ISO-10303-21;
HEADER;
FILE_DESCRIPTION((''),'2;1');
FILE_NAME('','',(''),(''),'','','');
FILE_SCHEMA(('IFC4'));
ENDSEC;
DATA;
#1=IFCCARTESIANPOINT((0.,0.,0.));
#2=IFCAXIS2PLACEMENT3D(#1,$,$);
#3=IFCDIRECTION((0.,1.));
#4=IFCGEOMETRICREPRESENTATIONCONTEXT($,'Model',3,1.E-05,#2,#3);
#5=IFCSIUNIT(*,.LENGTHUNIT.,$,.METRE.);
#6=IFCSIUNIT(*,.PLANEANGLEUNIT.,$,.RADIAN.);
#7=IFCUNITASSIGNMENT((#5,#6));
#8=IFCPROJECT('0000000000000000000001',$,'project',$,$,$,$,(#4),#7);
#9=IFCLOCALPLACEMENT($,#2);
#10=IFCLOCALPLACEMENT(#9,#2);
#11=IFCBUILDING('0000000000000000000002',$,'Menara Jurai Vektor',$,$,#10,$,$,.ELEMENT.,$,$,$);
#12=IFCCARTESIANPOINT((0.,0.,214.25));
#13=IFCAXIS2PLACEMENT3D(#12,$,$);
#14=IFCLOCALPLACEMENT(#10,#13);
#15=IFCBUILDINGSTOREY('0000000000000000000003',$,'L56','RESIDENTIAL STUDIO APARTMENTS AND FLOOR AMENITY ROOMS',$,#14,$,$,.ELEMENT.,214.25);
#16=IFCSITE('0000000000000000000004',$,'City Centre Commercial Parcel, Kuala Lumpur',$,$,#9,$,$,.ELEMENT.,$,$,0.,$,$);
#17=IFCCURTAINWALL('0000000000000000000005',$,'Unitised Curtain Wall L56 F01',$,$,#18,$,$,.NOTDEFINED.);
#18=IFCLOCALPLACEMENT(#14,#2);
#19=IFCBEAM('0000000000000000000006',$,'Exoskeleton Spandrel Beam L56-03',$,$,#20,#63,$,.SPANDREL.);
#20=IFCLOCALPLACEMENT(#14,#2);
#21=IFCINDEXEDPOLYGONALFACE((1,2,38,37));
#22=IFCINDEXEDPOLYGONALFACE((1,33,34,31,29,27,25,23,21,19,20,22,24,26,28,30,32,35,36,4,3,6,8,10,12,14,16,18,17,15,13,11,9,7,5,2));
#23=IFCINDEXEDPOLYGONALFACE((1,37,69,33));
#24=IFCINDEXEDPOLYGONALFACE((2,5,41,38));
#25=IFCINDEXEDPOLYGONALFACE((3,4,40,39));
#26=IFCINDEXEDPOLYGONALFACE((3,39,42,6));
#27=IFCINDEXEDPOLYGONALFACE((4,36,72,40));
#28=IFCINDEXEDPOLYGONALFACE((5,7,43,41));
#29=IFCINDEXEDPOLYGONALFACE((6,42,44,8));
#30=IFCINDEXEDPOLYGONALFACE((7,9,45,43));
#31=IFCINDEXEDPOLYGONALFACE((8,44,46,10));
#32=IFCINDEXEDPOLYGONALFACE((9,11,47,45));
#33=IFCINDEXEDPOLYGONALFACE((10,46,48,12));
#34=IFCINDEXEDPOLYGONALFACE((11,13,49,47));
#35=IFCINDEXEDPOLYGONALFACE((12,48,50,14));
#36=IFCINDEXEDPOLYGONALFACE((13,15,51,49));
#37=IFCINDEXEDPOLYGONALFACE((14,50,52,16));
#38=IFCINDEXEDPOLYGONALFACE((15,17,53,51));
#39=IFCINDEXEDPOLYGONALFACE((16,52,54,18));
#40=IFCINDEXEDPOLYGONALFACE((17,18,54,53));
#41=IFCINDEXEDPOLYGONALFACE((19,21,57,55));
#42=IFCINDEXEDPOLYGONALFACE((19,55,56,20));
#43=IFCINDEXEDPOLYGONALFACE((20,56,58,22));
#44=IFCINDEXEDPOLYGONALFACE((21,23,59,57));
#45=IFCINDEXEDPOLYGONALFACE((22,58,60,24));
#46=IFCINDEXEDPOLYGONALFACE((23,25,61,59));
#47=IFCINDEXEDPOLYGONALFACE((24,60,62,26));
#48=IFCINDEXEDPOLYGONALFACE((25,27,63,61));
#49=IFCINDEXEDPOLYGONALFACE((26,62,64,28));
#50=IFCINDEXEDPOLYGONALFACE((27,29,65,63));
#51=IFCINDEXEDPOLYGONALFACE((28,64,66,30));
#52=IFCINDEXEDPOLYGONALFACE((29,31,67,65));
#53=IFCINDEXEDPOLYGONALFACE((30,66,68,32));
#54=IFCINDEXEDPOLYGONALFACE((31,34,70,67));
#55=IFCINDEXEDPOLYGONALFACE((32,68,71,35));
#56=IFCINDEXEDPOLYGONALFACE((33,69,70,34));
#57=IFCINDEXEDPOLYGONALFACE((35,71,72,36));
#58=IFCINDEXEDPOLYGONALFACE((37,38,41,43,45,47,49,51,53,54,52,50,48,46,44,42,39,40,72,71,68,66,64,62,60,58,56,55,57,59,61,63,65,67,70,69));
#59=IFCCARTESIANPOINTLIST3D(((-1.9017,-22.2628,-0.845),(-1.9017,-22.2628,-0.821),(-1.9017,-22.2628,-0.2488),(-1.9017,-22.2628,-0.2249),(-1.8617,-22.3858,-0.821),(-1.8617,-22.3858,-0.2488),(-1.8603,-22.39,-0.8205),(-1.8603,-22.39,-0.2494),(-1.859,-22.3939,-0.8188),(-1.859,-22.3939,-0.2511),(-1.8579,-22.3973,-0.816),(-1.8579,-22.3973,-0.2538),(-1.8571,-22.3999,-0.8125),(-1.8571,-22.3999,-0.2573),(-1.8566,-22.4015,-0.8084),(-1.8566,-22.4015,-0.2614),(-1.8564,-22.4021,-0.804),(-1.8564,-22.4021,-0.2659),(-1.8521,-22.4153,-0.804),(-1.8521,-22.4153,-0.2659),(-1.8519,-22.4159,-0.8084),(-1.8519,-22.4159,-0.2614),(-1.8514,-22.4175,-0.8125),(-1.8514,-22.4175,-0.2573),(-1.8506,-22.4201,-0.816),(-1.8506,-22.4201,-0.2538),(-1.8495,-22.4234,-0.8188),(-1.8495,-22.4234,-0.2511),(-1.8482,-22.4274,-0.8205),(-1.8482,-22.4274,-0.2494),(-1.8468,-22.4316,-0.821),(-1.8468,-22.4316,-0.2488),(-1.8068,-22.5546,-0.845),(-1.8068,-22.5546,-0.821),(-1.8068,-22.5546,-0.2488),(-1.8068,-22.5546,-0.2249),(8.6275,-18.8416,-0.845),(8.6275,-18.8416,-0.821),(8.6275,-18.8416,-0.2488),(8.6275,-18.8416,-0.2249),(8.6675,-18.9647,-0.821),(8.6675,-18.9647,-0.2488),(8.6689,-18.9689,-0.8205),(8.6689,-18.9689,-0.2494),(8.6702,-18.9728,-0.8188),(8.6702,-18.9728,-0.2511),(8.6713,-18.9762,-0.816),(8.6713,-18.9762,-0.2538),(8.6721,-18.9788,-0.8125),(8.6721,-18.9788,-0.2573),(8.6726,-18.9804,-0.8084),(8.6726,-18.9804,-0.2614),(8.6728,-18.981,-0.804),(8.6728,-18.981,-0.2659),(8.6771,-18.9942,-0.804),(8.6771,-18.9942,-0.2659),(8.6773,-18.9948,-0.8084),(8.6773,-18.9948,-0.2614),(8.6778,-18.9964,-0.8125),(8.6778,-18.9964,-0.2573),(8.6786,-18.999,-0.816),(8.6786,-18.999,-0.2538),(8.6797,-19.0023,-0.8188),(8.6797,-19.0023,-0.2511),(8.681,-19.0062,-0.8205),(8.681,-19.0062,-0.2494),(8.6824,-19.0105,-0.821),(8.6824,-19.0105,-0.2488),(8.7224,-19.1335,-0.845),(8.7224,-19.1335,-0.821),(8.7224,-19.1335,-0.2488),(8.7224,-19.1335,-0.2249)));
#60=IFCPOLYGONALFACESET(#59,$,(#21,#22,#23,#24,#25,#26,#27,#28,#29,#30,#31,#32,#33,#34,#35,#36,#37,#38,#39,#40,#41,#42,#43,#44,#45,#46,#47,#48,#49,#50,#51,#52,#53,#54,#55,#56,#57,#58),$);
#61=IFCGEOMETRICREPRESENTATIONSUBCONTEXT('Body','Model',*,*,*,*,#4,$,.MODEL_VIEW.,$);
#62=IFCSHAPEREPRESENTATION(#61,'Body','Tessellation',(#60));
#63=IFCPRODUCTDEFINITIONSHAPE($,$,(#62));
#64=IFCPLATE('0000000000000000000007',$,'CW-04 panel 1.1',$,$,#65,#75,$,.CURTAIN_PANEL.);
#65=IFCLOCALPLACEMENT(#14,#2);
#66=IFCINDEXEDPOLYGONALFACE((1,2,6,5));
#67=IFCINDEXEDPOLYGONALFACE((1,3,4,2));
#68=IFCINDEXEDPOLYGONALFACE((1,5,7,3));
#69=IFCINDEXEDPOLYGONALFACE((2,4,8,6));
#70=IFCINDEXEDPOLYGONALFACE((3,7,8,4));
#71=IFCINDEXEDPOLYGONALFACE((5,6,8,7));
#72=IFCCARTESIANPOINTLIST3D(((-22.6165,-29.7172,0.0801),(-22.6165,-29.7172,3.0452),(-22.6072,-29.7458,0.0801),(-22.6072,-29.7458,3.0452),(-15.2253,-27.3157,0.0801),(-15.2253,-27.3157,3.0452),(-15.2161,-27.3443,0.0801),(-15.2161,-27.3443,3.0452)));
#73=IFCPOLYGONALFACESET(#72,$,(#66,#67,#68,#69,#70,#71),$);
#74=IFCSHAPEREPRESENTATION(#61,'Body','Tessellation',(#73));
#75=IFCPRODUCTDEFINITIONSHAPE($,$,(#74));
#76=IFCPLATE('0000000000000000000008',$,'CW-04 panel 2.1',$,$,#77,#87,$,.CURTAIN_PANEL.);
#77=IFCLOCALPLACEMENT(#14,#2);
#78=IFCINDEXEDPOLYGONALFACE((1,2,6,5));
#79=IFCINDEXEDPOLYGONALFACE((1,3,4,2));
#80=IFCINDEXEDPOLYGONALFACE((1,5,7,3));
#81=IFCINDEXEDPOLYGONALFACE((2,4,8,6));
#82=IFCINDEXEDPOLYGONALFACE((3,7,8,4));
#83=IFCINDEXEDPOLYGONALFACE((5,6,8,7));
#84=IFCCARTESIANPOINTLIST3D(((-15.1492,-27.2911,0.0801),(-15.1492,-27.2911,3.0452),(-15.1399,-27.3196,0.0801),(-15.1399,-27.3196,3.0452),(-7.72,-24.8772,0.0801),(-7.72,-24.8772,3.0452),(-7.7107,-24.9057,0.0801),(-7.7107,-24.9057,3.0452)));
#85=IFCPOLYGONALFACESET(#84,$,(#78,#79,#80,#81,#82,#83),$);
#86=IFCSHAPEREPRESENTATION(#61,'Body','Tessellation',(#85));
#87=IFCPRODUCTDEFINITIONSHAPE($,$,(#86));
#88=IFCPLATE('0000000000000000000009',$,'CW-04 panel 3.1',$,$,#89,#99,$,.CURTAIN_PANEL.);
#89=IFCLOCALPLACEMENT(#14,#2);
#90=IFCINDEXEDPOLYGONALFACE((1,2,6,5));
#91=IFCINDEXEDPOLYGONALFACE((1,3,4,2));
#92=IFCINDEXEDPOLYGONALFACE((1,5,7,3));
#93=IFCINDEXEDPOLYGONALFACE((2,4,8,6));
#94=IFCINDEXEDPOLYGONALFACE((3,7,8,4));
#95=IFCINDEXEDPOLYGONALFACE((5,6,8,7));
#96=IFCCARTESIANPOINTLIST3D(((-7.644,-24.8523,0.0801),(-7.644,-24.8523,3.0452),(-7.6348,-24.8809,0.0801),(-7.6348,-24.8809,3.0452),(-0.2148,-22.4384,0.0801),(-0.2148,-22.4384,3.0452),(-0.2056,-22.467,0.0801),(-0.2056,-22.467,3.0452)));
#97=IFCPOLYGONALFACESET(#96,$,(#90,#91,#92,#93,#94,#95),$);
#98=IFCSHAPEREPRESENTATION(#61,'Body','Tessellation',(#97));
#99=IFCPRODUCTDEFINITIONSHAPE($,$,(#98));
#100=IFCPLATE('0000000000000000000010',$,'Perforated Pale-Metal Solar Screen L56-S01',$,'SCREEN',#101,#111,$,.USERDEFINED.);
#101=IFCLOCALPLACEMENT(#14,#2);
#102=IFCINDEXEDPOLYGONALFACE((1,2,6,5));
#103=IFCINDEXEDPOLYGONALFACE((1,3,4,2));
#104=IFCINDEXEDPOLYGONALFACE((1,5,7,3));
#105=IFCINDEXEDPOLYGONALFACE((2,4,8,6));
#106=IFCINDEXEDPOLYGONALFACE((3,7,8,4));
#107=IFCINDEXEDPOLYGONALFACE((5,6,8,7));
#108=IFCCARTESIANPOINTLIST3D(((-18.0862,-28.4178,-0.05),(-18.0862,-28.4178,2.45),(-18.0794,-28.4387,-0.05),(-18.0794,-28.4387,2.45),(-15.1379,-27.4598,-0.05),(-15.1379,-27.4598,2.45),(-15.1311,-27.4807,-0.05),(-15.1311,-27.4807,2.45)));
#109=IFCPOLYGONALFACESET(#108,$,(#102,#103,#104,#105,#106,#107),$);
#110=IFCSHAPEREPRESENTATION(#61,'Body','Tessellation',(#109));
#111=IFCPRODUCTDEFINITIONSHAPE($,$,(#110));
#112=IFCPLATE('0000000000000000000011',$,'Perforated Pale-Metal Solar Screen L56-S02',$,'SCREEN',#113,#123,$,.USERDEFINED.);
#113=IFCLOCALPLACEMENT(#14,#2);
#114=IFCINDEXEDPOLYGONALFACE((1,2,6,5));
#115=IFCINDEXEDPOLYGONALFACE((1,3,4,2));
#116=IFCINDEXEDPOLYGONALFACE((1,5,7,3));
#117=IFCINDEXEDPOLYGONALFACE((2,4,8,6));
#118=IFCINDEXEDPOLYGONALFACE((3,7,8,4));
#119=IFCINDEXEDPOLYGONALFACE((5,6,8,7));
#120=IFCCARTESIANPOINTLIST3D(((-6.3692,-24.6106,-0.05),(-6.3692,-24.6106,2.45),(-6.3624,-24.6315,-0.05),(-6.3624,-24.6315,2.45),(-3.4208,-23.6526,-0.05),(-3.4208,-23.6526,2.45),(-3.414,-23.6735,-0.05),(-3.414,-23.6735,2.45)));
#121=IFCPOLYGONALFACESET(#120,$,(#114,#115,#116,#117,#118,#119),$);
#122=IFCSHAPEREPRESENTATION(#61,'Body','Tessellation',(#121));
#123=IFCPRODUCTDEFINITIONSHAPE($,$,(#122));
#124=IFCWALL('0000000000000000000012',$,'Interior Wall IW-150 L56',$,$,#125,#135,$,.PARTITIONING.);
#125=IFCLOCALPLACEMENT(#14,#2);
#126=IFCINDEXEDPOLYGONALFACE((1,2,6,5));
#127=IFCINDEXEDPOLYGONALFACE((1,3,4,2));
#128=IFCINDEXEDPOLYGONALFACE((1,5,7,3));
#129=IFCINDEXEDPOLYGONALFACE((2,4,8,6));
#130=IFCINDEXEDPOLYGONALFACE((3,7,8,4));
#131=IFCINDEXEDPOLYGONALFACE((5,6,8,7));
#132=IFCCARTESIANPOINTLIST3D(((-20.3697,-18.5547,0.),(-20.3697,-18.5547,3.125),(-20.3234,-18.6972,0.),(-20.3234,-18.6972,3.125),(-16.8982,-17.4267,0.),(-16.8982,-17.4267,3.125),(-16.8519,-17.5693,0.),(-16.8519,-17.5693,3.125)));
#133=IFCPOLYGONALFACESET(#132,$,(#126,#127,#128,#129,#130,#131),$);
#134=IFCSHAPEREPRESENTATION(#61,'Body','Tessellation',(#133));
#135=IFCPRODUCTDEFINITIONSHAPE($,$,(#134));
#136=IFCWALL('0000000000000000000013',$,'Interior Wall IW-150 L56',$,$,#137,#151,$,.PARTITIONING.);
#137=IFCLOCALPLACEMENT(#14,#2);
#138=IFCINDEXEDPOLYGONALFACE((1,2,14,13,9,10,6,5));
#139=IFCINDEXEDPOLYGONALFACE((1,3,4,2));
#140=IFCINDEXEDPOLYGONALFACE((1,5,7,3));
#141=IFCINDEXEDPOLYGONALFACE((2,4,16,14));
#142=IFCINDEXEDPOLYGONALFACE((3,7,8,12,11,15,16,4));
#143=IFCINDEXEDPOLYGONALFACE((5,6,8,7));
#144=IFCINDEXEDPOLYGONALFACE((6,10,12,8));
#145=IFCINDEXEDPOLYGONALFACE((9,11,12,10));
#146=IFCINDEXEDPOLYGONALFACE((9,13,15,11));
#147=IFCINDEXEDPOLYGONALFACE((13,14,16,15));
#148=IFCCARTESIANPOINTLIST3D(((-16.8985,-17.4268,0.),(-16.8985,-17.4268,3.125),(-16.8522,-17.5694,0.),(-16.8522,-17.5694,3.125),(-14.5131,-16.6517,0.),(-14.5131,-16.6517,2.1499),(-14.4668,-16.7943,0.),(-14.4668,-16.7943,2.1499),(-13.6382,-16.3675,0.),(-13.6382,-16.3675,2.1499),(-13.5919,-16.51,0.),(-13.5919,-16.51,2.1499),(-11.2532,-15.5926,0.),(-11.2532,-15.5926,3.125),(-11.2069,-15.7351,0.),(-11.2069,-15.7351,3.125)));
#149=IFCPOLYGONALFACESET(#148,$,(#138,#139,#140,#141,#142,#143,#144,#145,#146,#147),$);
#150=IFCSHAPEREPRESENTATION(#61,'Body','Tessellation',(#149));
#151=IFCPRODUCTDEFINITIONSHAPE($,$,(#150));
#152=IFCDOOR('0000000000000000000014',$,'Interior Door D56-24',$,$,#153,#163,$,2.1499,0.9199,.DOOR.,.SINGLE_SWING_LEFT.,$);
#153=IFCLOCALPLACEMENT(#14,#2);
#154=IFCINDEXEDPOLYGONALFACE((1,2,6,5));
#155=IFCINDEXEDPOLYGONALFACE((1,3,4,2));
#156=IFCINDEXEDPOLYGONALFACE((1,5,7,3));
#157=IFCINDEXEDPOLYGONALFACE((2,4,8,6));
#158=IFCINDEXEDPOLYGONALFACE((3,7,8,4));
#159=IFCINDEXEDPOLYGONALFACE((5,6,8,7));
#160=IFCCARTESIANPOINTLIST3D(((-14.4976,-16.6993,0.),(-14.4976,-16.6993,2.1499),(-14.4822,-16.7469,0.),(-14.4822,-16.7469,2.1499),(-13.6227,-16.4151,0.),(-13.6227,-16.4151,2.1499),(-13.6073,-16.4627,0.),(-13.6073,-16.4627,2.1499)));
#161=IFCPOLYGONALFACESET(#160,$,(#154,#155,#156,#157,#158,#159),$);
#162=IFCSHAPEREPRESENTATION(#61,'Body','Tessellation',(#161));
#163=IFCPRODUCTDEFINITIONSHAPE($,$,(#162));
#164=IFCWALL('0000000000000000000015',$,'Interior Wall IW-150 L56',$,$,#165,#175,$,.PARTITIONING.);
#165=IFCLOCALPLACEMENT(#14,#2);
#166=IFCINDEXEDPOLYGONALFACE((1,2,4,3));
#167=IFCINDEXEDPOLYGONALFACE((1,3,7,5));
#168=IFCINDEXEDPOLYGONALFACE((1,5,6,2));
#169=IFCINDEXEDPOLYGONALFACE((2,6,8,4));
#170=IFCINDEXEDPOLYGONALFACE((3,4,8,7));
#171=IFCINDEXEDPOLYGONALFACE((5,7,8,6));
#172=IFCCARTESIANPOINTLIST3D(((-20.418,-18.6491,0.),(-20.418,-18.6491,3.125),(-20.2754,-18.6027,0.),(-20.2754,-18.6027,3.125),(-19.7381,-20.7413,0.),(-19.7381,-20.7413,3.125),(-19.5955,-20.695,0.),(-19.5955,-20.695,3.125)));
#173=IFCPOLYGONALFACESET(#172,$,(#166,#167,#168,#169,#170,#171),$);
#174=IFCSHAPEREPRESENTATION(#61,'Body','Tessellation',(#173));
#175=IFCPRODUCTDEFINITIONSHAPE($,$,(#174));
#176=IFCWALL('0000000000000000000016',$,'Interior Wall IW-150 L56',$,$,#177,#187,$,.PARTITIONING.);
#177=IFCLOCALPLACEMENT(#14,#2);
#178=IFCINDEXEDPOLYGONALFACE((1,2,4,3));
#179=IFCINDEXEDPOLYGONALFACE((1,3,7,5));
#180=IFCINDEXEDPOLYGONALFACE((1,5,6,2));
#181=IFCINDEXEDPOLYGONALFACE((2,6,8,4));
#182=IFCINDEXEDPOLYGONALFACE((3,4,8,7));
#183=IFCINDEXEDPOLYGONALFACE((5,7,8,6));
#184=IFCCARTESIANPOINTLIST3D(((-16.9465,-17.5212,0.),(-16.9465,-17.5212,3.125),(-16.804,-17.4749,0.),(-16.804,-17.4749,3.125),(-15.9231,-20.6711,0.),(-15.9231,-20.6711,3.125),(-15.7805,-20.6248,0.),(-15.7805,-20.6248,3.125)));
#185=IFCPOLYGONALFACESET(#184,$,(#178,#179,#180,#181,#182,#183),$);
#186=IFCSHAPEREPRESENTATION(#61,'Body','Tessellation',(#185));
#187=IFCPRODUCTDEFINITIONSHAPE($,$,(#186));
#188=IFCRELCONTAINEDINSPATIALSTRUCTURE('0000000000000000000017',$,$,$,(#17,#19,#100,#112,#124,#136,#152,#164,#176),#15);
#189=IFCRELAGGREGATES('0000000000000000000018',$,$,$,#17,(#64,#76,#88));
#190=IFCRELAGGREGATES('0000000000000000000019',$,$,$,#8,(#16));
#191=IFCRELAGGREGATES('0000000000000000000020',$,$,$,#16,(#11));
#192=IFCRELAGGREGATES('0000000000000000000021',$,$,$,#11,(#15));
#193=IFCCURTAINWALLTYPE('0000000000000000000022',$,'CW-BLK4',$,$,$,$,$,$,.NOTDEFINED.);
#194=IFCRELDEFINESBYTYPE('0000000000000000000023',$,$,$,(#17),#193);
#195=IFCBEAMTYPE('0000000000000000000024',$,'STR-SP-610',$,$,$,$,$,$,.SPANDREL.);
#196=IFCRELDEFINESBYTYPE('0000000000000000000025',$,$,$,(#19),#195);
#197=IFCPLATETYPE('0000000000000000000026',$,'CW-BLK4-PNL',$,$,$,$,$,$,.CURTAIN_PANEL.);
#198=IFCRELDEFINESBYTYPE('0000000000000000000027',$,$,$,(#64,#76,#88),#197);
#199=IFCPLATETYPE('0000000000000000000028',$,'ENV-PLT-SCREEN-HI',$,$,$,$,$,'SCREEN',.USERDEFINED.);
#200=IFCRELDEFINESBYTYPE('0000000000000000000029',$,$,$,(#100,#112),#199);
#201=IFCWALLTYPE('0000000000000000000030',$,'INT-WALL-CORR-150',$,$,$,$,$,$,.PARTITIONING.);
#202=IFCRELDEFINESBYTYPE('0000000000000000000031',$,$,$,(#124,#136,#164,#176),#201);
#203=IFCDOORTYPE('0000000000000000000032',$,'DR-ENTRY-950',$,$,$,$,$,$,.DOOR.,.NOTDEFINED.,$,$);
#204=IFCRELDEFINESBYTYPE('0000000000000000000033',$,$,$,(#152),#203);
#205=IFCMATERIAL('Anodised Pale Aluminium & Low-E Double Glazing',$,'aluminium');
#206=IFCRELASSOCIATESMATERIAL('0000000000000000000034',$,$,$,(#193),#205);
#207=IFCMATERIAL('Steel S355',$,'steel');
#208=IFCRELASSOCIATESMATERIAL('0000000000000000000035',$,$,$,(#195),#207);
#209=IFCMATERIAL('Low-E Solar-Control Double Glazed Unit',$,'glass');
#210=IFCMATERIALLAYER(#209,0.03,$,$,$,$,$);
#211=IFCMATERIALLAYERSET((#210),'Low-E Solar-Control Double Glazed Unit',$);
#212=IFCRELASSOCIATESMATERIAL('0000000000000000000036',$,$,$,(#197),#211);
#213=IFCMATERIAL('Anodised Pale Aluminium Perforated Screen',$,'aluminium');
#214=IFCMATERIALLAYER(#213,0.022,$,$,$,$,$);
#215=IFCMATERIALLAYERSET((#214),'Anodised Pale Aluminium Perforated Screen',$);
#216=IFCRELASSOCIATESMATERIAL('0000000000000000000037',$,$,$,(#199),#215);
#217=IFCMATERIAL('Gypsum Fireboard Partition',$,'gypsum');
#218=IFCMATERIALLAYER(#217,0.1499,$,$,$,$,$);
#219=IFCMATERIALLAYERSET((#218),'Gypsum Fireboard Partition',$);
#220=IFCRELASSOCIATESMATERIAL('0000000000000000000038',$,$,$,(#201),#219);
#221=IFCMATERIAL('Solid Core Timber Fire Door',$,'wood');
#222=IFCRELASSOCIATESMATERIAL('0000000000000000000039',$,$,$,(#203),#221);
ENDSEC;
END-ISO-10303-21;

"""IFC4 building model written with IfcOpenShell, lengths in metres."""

from ifc_helpers import new_model, si_unit, direction, frame, frame_2d, origin, origin_2d, place, context, subcontext, project, spatial, rectangle, i_section, extrude, material, layer, layer_set, material_profile, profile_set, type_object, element, fill, aggregate, save


model = new_model("IFC4")

# Units and contexts
model_context = context("Model", 3, precision=1e-05, world=origin(), true_north=direction((0.0, 1.0)))
body_context = subcontext(model_context, "Body", "Model", "MODEL_VIEW")
ifc_project = project(units=[si_unit("LENGTHUNIT", "METRE"), si_unit("PLANEANGLEUNIT", "RADIAN")], contexts=[model_context])

# Site, building, storey
site_placement = place(None, origin())
site = spatial("IfcSite", under=ifc_project, at=site_placement, Name="City Centre Commercial Parcel, Kuala Lumpur", CompositionType="ELEMENT", RefElevation=0.0)
building_placement = place(site_placement, origin())
building = spatial("IfcBuilding", under=site, at=building_placement, Name="Menara Jurai Vektor", CompositionType="ELEMENT")
storey_placement = place(building_placement, frame((0.0, 0.0, 214.25)))
storey = spatial("IfcBuildingStorey", under=building, at=storey_placement, Name="L56", Description="RESIDENTIAL STUDIO APARTMENTS AND FLOOR AMENITY ROOMS", CompositionType="ELEMENT", Elevation=214.25)

# Curtain wall
ifc_material_1 = material(Name="Anodised Pale Aluminium & Low-E Double Glazing", Category="aluminium")
curtain_wall_type = type_object("IfcCurtainWallType", Name="CW-BLK4", PredefinedType="NOTDEFINED", material=ifc_material_1)
curtain_wall_placement = place(storey_placement, origin())
curtain_wall = element("IfcCurtainWall", 1, at=curtain_wall_placement, inside=storey, type_object=curtain_wall_type, Name="Unitised Curtain Wall L56 F01", PredefinedType="NOTDEFINED")

# Beam
ifc_material_2 = material(Name="Steel S355", Category="steel")
ifc_material_profile_1 = material_profile(ifc_material_2, i_section(OverallWidth=0.3069, OverallDepth=0.6201, WebThickness=0.0139, FlangeThickness=0.0239, FilletRadius=0.0171, at=origin_2d()), Name="UKB 610x305x179")
ifc_profile_set_1 = profile_set([ifc_material_profile_1], Name="Steel S355")
beam_type_1 = type_object("IfcBeamType", Name="STR-SP-610", PredefinedType="SPANDREL", material=ifc_profile_set_1)
for number, where, z_axis, x_axis, name in (
    (2, (-1.8542, -22.4087, -0.5349), (0.951057, 0.309014, 0.0), (-0.309014, 0.951057, 0.0), "Exoskeleton Spandrel Beam L56-03"),
):
    element("IfcBeam", number, at=place(storey_placement, frame(where, z_axis=z_axis, x_axis=x_axis)), inside=storey, type_object=beam_type_1, Name=name, PredefinedType="SPANDREL", context=body_context, shape_type="SweptSolid", body=[
        extrude(i_section(OverallWidth=0.3069, OverallDepth=0.6201, WebThickness=0.0139, FlangeThickness=0.0239, FilletRadius=0.0171, at=origin_2d()), origin(), (0.0, 0.0, 1.0), 11.071),
    ])

# Plates
ifc_material_3 = material(Name="Low-E Solar-Control Double Glazed Unit", Category="glass")
ifc_layer_1 = layer(ifc_material_3, 0.03)
ifc_layer_set_1 = layer_set([ifc_layer_1], Name="Low-E Solar-Control Double Glazed Unit")
plate_type_1 = type_object("IfcPlateType", Name="CW-BLK4-PNL", PredefinedType="CURTAIN_PANEL", material=ifc_layer_set_1)
plate_1_placement = place(storey_placement, frame((-18.9163, -28.5308, 0.0801), z_axis=(0.0, 0.0, 1.0), x_axis=(0.951056, 0.309017, 0.0)))
plate_1 = element("IfcPlate", 3, at=plate_1_placement, type_object=plate_type_1, Name="CW-04 panel 1.1", PredefinedType="CURTAIN_PANEL", context=body_context, shape_type="SweptSolid", body=[
    extrude(rectangle(XDim=7.7715, YDim=0.03, at=origin_2d()), origin(), (0.0, 0.0, 1.0), 2.9651),
])
plate_2_placement = place(storey_placement, frame((-11.4299, -26.0984, 0.0801), z_axis=(0.0, 0.0, 1.0), x_axis=(0.951056, 0.309017, 0.0)))
plate_2 = element("IfcPlate", 4, at=plate_2_placement, type_object=plate_type_1, Name="CW-04 panel 2.1", PredefinedType="CURTAIN_PANEL", context=body_context, shape_type="SweptSolid", body=[
    extrude(rectangle(XDim=7.8115, YDim=0.03, at=origin_2d()), origin(), (0.0, 0.0, 1.0), 2.9651),
])
plate_3_placement = place(storey_placement, frame((-3.9248, -23.6597, 0.0801), z_axis=(0.0, 0.0, 1.0), x_axis=(0.951056, 0.309017, 0.0)))
plate_3 = element("IfcPlate", 5, at=plate_3_placement, type_object=plate_type_1, Name="CW-04 panel 3.1", PredefinedType="CURTAIN_PANEL", context=body_context, shape_type="SweptSolid", body=[
    extrude(rectangle(XDim=7.8115, YDim=0.03, at=origin_2d()), origin(), (0.0, 0.0, 1.0), 2.9651),
])
aggregate(curtain_wall, [plate_1, plate_2, plate_3])

# Plates
ifc_material_4 = material(Name="Anodised Pale Aluminium Perforated Screen", Category="aluminium")
ifc_layer_2 = layer(ifc_material_4, 0.022)
ifc_layer_set_2 = layer_set([ifc_layer_2], Name="Anodised Pale Aluminium Perforated Screen")
plate_type_2 = type_object("IfcPlateType", Name="ENV-PLT-SCREEN-HI", ElementType="SCREEN", PredefinedType="USERDEFINED", material=ifc_layer_set_2)
for number, where, z_axis, x_axis, name in (
    (6, (-16.6086, -27.9492, -0.05), (0.0, 0.0, 1.0), (0.951057, 0.309017, 0.0), "Perforated Pale-Metal Solar Screen L56-S01"),
    (7, (-4.8916, -24.1421, -0.05), (0.0, 0.0, 1.0), (0.951057, 0.309017, 0.0), "Perforated Pale-Metal Solar Screen L56-S02"),
):
    element("IfcPlate", number, at=place(storey_placement, frame(where, z_axis=z_axis, x_axis=x_axis)), inside=storey, type_object=plate_type_2, Name=name, ObjectType="SCREEN", PredefinedType="USERDEFINED", context=body_context, shape_type="SweptSolid", body=[
        extrude(rectangle(XDim=3.1001, YDim=0.022, at=origin_2d()), origin(), (0.0, 0.0, 1.0), 2.5),
    ])

# Wall
ifc_material_5 = material(Name="Gypsum Fireboard Partition", Category="gypsum")
ifc_layer_3 = layer(ifc_material_5, 0.1499)
ifc_layer_set_3 = layer_set([ifc_layer_3], Name="Gypsum Fireboard Partition")
wall_type = type_object("IfcWallType", Name="INT-WALL-CORR-150", PredefinedType="PARTITIONING", material=ifc_layer_set_3)
wall_1_placement = place(storey_placement, frame((-20.3467, -18.626, 0.0), z_axis=(0.0, 0.0, 1.0), x_axis=(0.951057, 0.309015, 0.0)))
element("IfcWall", 8, at=wall_1_placement, inside=storey, type_object=wall_type, Name="Interior Wall IW-150 L56", PredefinedType="PARTITIONING", context=body_context, shape_type="SweptSolid", body=[
    extrude(rectangle(XDim=3.6501, YDim=0.1499, at=frame_2d((1.8252, 0.0))), origin(), (0.0, 0.0, 1.0), 3.125),
])

# Wall, opening, door
wall_2_placement = place(storey_placement, frame((-16.8752, -17.498, 0.0), z_axis=(0.0, 0.0, 1.0), x_axis=(0.951058, 0.309013, 0.0)))
wall_2 = element("IfcWall", 9, at=wall_2_placement, inside=storey, type_object=wall_type, Name="Interior Wall IW-150 L56", PredefinedType="PARTITIONING", context=body_context, shape_type="SweptSolid", body=[
    extrude(rectangle(XDim=5.9358, YDim=0.1499, at=frame_2d((2.9678, 0.0))), origin(), (0.0, 0.0, 1.0), 3.125),
])
opening_placement = place(wall_2_placement, frame((2.5081, 0.0, 0.0)))
opening = element("IfcOpeningElement", 10, at=opening_placement, cuts=wall_2, PredefinedType="OPENING", context=body_context, shape_type="SweptSolid", body=[
    extrude(rectangle(XDim=0.9199, YDim=2.1499, at=frame_2d((0.46, 1.075))), frame((0.0, 0.085, 0.0), z_axis=(0.0, -1.0, 0.0), x_axis=(1.0, 0.0, 0.0)), (0.0, 0.0, 1.0), 0.1699),
])
ifc_material_6 = material(Name="Solid Core Timber Fire Door", Category="wood")
door_type = type_object("IfcDoorType", Name="DR-ENTRY-950", OperationType="NOTDEFINED", PredefinedType="DOOR", material=ifc_material_6)
door_placement = place(opening_placement, origin())
door = element("IfcDoor", 11, at=door_placement, inside=storey, type_object=door_type, Name="Interior Door D56-24", OperationType="SINGLE_SWING_LEFT", OverallHeight=2.1499, OverallWidth=0.9199, PredefinedType="DOOR", context=body_context, shape_type="SweptSolid", body=[
    extrude(rectangle(XDim=0.9199, YDim=2.1499, at=frame_2d((0.46, 1.075))), frame((0.0, 0.0249, 0.0), z_axis=(0.0, -1.0, 0.0), x_axis=(1.0, 0.0, 0.0)), (0.0, 0.0, 1.0), 0.05),
])
fill(opening, door)

# Walls
wall_3_placement = place(storey_placement, frame((-19.6667, -20.7183, 0.0), z_axis=(0.0, 0.0, 1.0), x_axis=(-0.309061, 0.951042, 0.0)))
element("IfcWall", 12, at=wall_3_placement, inside=storey, type_object=wall_type, Name="Interior Wall IW-150 L56", PredefinedType="PARTITIONING", context=body_context, shape_type="SweptSolid", body=[
    extrude(rectangle(XDim=2.2, YDim=0.1499, at=frame_2d((1.1001, 0.0))), origin(), (0.0, 0.0, 1.0), 3.125),
])
for number, where, z_axis, x_axis, name in (
    (13, (-15.8518, -20.6479, 0.0), (0.0, 0.0, 1.0), (-0.309009, 0.951059, 0.0), "Interior Wall IW-150 L56"),
):
    element("IfcWall", number, at=place(storey_placement, frame(where, z_axis=z_axis, x_axis=x_axis)), inside=storey, type_object=wall_type, Name=name, PredefinedType="PARTITIONING", context=body_context, shape_type="SweptSolid", body=[
        extrude(rectangle(XDim=3.312, YDim=0.1499, at=frame_2d((1.656, 0.0))), origin(), (0.0, 0.0, 1.0), 3.125),
    ])

save(model, "model.ifc")
